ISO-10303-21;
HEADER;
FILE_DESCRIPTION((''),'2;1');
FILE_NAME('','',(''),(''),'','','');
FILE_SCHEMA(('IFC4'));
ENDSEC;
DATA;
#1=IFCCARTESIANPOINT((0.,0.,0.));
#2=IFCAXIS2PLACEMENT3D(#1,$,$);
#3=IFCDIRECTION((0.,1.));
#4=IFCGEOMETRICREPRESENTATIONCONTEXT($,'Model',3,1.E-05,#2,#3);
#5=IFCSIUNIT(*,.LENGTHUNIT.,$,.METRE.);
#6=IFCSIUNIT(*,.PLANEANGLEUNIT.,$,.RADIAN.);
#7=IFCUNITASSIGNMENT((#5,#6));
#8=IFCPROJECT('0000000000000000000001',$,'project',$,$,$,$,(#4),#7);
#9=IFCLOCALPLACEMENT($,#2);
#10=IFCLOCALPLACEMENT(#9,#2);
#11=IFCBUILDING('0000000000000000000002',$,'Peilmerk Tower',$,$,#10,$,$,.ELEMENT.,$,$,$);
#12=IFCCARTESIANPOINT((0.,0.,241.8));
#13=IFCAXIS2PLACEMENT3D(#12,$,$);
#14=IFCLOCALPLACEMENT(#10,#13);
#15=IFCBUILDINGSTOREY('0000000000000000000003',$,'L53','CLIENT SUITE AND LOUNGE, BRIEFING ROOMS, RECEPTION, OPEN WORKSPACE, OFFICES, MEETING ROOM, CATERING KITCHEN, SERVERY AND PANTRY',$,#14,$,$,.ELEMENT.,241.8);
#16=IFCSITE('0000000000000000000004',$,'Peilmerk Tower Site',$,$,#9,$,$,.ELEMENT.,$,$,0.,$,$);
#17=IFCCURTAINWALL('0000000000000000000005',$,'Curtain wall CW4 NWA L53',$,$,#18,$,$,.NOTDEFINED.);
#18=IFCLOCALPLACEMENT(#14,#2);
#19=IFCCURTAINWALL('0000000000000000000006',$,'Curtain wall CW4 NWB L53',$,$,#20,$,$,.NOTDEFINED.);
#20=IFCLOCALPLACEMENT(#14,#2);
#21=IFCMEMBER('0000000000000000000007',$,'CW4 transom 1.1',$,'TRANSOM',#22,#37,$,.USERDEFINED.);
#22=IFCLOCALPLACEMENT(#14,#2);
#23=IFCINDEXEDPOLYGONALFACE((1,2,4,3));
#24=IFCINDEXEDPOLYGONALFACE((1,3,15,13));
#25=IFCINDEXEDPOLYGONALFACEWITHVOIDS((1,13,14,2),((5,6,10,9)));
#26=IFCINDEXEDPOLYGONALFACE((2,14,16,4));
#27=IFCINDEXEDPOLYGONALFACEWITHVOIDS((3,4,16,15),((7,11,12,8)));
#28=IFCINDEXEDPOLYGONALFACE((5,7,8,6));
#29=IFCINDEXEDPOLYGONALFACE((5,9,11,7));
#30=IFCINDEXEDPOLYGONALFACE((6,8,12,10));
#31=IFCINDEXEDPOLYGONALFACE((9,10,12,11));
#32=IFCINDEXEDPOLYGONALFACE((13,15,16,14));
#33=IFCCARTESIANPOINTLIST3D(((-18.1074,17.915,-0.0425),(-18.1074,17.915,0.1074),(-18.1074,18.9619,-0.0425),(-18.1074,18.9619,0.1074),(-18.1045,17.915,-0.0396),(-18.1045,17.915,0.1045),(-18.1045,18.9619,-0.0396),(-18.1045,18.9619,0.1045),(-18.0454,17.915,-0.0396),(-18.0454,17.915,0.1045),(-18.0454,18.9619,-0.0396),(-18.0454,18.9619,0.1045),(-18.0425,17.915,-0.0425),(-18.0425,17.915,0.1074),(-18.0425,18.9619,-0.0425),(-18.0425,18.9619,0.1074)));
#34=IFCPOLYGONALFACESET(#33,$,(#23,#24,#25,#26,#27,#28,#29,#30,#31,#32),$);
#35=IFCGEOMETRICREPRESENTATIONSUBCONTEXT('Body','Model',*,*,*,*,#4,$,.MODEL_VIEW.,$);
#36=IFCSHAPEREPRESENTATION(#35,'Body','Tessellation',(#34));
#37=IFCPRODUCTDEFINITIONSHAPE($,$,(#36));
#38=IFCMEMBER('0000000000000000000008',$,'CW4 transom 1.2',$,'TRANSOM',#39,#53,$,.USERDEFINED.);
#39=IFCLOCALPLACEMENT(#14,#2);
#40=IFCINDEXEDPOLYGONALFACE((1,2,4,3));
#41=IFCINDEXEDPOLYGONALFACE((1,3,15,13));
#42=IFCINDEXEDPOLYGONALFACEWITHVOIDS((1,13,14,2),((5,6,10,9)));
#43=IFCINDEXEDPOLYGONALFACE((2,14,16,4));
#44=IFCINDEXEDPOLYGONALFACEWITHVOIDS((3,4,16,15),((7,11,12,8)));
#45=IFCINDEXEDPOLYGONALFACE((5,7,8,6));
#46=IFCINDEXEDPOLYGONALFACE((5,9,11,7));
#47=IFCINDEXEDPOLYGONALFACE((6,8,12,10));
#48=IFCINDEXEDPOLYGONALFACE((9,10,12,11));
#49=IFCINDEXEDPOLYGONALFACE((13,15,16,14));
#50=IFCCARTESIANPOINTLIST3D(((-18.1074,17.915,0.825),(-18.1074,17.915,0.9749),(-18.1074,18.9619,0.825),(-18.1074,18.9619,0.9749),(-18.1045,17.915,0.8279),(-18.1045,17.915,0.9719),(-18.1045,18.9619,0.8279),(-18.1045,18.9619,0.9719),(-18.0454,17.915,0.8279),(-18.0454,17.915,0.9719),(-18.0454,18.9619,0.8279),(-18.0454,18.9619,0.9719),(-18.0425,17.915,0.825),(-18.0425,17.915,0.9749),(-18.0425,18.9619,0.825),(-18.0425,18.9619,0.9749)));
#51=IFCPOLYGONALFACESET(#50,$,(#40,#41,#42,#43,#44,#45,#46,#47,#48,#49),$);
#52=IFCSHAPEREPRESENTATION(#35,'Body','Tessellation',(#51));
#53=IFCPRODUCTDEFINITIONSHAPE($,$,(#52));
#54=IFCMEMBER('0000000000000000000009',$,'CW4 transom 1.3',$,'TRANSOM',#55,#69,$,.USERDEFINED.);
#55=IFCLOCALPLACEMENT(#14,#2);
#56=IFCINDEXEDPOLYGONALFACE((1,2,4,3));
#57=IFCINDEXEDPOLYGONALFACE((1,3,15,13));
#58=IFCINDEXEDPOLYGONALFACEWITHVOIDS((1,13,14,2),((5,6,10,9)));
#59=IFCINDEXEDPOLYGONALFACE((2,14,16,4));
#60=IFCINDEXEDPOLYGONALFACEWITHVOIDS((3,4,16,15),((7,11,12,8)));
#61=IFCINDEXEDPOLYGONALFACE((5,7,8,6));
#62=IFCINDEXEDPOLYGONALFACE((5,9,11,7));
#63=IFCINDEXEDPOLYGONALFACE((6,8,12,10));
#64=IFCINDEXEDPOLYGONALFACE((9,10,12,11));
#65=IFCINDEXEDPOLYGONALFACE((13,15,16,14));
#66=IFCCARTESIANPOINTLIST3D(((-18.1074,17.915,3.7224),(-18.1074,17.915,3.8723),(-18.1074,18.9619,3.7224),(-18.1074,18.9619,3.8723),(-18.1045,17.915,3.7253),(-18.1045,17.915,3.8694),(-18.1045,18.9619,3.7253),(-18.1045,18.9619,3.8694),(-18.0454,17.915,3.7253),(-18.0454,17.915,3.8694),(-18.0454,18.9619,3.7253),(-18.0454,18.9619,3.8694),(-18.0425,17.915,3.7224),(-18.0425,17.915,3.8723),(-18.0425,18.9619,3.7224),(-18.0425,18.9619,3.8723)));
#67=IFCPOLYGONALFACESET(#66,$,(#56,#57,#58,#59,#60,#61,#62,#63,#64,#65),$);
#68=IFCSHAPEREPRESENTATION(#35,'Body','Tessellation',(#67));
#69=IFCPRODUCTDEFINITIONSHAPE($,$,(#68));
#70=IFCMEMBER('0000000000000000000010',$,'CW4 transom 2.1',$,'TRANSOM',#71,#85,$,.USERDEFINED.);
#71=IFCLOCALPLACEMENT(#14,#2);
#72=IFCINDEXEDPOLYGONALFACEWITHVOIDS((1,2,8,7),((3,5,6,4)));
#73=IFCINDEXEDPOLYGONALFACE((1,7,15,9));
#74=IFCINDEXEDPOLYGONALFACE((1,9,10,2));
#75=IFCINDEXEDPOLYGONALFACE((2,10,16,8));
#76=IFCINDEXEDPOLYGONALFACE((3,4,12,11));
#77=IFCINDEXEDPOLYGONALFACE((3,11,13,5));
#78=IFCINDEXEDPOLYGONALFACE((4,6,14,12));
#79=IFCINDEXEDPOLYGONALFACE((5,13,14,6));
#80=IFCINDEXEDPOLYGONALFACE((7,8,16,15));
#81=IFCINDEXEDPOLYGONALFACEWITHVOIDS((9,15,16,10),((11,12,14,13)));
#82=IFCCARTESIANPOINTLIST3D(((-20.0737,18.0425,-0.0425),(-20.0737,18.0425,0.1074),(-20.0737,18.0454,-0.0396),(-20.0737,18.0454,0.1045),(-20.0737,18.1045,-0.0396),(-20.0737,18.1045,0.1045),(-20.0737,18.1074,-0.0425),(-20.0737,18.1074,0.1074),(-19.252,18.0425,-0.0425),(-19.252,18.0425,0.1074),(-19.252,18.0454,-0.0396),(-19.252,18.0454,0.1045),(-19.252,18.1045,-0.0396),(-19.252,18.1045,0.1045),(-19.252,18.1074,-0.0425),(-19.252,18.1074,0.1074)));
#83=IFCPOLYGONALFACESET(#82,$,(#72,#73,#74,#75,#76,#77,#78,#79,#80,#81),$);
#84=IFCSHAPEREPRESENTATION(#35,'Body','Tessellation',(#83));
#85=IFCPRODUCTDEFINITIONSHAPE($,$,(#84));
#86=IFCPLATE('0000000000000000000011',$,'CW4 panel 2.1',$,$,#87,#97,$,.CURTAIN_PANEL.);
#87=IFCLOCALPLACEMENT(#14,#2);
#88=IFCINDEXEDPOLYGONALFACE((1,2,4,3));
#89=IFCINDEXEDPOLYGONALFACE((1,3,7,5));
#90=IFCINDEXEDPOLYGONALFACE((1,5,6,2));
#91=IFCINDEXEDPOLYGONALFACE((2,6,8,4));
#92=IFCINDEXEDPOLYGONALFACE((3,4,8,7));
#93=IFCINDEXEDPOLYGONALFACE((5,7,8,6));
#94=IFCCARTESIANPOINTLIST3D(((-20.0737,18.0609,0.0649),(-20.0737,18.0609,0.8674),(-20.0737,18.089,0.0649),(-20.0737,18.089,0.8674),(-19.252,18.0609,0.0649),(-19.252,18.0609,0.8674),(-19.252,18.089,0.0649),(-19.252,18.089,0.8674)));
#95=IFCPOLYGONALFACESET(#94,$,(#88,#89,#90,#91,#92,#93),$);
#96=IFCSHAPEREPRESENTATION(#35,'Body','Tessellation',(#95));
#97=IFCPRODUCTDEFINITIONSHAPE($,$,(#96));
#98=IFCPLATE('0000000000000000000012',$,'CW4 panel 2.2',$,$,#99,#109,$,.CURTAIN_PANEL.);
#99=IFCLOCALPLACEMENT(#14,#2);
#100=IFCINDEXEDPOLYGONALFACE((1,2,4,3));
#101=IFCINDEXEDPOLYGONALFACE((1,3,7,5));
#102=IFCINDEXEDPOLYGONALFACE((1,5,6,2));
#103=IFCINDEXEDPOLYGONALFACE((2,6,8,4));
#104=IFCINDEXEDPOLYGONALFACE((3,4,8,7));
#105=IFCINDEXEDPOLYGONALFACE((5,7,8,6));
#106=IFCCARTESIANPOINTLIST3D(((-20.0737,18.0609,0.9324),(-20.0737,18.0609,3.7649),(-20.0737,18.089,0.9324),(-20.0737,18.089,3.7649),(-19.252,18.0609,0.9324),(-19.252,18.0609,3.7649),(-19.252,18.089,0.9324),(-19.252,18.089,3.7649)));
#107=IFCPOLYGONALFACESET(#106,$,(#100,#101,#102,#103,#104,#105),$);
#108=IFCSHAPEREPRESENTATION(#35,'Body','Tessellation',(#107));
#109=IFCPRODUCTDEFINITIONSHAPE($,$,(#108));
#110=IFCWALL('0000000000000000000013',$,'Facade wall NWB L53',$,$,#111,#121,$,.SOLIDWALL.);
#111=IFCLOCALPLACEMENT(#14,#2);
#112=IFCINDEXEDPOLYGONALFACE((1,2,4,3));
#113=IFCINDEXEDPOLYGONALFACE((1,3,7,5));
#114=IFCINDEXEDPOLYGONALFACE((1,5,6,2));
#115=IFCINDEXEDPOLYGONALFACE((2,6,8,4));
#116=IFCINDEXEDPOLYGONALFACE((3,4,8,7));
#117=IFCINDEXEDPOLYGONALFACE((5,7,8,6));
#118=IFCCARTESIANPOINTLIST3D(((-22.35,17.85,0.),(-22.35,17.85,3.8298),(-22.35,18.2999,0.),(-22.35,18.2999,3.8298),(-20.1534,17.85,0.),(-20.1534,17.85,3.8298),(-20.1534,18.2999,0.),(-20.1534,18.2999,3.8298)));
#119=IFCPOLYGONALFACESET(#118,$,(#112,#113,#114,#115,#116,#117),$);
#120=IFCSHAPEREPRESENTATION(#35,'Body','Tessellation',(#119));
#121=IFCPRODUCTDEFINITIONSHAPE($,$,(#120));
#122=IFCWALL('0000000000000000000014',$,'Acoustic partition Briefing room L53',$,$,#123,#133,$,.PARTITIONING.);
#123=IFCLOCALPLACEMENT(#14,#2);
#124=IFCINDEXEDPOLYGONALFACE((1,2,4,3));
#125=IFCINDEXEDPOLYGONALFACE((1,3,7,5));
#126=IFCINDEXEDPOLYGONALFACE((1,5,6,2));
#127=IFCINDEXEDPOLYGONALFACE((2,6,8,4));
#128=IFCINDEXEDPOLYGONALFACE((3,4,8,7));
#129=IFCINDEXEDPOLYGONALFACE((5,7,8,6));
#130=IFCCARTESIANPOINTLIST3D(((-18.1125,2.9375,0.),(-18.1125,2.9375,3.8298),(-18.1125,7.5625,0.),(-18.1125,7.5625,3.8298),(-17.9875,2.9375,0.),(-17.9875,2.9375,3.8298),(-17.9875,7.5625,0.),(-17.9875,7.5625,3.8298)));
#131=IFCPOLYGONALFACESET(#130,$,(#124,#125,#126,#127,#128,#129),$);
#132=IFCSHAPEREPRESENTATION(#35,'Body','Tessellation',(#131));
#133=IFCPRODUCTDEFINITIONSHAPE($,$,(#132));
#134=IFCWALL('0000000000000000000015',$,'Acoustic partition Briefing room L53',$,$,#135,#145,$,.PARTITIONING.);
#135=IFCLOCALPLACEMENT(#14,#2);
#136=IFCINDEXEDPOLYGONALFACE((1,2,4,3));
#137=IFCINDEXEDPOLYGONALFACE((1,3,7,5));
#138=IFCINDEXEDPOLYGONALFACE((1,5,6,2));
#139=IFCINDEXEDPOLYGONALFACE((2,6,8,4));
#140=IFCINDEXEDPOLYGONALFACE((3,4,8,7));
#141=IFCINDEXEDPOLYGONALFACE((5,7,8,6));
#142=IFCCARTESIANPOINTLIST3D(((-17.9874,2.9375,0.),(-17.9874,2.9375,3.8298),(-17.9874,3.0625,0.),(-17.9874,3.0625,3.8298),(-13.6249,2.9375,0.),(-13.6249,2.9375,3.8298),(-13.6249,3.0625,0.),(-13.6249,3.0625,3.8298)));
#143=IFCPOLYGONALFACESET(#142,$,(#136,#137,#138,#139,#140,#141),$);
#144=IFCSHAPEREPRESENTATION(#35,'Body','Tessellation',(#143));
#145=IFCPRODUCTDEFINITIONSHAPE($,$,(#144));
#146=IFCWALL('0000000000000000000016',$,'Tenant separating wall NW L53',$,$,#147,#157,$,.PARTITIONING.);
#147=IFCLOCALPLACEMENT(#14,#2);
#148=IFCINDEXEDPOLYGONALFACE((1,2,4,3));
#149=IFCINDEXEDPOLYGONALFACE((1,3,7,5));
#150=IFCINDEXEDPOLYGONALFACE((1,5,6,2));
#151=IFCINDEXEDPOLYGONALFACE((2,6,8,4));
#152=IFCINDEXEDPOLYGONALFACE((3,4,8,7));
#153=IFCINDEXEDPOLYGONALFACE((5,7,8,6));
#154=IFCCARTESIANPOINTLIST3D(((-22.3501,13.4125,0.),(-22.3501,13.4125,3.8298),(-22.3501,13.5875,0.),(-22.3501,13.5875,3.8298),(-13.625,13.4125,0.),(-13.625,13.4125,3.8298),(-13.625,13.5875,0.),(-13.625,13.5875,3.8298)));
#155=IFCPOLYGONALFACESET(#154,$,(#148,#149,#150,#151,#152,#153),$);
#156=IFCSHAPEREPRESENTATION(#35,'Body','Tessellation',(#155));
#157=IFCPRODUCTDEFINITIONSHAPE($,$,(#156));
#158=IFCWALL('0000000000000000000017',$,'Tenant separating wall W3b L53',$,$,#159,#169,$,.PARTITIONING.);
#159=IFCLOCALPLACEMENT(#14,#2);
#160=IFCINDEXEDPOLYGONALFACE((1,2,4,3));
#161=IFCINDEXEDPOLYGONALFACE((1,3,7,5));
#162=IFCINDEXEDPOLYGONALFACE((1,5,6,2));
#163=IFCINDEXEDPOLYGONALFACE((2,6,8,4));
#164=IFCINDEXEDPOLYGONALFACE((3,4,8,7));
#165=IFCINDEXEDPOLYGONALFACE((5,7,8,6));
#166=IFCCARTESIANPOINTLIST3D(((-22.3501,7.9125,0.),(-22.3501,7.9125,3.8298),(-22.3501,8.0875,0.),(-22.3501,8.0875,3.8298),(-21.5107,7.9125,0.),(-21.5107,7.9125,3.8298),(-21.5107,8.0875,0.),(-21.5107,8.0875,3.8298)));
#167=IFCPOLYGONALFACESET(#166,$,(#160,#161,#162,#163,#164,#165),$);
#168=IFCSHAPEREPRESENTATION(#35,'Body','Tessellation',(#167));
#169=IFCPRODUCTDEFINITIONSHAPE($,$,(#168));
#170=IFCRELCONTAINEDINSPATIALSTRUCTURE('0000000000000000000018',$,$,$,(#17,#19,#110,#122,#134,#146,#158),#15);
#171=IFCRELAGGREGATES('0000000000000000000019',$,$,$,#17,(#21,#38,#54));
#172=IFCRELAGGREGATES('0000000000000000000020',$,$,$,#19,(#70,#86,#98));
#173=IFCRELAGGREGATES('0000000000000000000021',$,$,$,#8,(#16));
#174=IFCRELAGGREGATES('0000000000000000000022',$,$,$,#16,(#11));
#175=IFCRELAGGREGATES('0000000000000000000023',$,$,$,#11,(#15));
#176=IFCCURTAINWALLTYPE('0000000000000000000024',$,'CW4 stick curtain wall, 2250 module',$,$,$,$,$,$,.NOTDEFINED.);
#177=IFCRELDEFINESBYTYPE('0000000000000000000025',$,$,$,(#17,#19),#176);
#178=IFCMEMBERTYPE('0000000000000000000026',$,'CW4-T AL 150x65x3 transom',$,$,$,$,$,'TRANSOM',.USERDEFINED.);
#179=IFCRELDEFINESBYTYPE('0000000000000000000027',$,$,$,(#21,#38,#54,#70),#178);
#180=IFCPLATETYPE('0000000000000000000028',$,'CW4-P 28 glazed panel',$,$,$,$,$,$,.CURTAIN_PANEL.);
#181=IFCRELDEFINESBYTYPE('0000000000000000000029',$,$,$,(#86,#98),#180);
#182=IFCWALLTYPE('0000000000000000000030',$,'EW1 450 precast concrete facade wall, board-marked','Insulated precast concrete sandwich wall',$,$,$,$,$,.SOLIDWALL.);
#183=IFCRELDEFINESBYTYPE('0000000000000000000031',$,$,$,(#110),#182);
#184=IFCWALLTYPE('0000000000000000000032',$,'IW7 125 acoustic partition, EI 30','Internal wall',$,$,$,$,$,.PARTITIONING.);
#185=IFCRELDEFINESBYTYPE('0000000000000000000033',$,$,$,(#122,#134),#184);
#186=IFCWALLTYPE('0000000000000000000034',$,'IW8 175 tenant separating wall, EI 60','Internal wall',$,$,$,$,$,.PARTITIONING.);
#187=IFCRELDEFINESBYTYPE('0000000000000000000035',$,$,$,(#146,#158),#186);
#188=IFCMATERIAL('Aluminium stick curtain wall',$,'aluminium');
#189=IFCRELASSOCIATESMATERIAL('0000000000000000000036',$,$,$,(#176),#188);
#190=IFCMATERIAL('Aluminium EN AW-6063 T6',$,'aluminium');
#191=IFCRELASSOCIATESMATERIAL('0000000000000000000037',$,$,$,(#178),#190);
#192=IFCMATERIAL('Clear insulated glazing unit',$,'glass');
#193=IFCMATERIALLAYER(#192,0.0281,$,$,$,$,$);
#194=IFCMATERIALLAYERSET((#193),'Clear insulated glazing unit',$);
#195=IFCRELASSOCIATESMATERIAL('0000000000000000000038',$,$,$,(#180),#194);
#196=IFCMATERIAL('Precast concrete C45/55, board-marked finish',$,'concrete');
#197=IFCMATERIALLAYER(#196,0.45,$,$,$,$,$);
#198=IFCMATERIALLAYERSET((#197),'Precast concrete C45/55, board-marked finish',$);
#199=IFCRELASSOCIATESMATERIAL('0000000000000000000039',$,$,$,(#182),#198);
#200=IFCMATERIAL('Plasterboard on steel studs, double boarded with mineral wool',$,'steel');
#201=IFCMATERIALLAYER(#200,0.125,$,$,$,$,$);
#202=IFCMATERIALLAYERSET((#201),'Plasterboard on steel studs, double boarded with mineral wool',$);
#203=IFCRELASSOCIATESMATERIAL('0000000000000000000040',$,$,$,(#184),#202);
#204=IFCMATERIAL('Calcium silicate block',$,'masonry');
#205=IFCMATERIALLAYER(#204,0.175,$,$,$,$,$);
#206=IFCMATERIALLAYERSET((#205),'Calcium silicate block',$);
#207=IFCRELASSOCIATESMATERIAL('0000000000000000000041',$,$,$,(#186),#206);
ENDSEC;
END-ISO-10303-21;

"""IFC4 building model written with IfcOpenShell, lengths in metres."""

from ifc_helpers import new_model, si_unit, direction, frame, frame_2d, origin, origin_2d, place, context, subcontext, project, spatial, rectangle, hollow_rectangle, extrude, material, layer, layer_set, material_profile, profile_set, type_object, element, aggregate, save


model = new_model("IFC4")

# Units and contexts
model_context = context("Model", 3, precision=1e-05, world=origin(), true_north=direction((0.0, 1.0)))
body_context = subcontext(model_context, "Body", "Model", "MODEL_VIEW")
ifc_project = project(units=[si_unit("LENGTHUNIT", "METRE"), si_unit("PLANEANGLEUNIT", "RADIAN")], contexts=[model_context])

# Site, building, storey
site_placement = place(None, origin())
site = spatial("IfcSite", under=ifc_project, at=site_placement, Name="Peilmerk Tower Site", CompositionType="ELEMENT", RefElevation=0.0)
building_placement = place(site_placement, origin())
building = spatial("IfcBuilding", under=site, at=building_placement, Name="Peilmerk Tower", CompositionType="ELEMENT")
storey_placement = place(building_placement, frame((0.0, 0.0, 241.8)))
storey = spatial("IfcBuildingStorey", under=building, at=storey_placement, Name="L53", Description="CLIENT SUITE AND LOUNGE, BRIEFING ROOMS, RECEPTION, OPEN WORKSPACE, OFFICES, MEETING ROOM, CATERING KITCHEN, SERVERY AND PANTRY", CompositionType="ELEMENT", Elevation=241.8)

# Curtain walls
ifc_material_1 = material(Name="Aluminium stick curtain wall", Category="aluminium")
curtain_wall_type = type_object("IfcCurtainWallType", Name="CW4 stick curtain wall, 2250 module", PredefinedType="NOTDEFINED", material=ifc_material_1)
curtain_wall_1_placement = place(storey_placement, origin())
curtain_wall_1 = element("IfcCurtainWall", 1, at=curtain_wall_1_placement, inside=storey, type_object=curtain_wall_type, Name="Curtain wall CW4 NWA L53", PredefinedType="NOTDEFINED")
ifc_material_2 = material(Name="Aluminium EN AW-6063 T6", Category="aluminium")
curtain_wall_2_placement = place(storey_placement, origin())
curtain_wall_2 = element("IfcCurtainWall", 2, at=curtain_wall_2_placement, inside=storey, type_object=curtain_wall_type, Name="Curtain wall CW4 NWB L53", PredefinedType="NOTDEFINED")

# Members
ifc_material_profile_1 = material_profile(ifc_material_2, hollow_rectangle(XDim=0.0649, YDim=0.1499, WallThickness=0.0029, at=origin_2d()), Name="AL 150x65x3")
ifc_profile_set_1 = profile_set([ifc_material_profile_1], Name="Aluminium EN AW-6063 T6")
member_type_1 = type_object("IfcMemberType", Name="CW4-T AL 150x65x3 transom", ElementType="TRANSOM", PredefinedType="USERDEFINED", material=ifc_profile_set_1)
member_1_placement = place(storey_placement, frame((-18.075, 17.915, 0.0325), z_axis=(0.0, 1.0, 0.0), x_axis=(-1.0, 0.0, 0.0)))
member_1 = element("IfcMember", 3, at=member_1_placement, type_object=member_type_1, Name="CW4 transom 1.1", ObjectType="TRANSOM", PredefinedType="USERDEFINED", context=body_context, shape_type="SweptSolid", body=[
    extrude(hollow_rectangle(XDim=0.0649, YDim=0.1499, WallThickness=0.0029, at=origin_2d()), origin(), (0.0, 0.0, 1.0), 1.0469),
])
member_2_placement = place(storey_placement, frame((-18.075, 17.915, 0.8999), z_axis=(0.0, 1.0, 0.0), x_axis=(-1.0, 0.0, 0.0)))
member_2 = element("IfcMember", 4, at=member_2_placement, type_object=member_type_1, Name="CW4 transom 1.2", ObjectType="TRANSOM", PredefinedType="USERDEFINED", context=body_context, shape_type="SweptSolid", body=[
    extrude(hollow_rectangle(XDim=0.0649, YDim=0.1499, WallThickness=0.0029, at=origin_2d()), origin(), (0.0, 0.0, 1.0), 1.0469),
])
member_3_placement = place(storey_placement, frame((-18.075, 17.915, 3.7974), z_axis=(0.0, 1.0, 0.0), x_axis=(-1.0, 0.0, 0.0)))
member_3 = element("IfcMember", 5, at=member_3_placement, type_object=member_type_1, Name="CW4 transom 1.3", ObjectType="TRANSOM", PredefinedType="USERDEFINED", context=body_context, shape_type="SweptSolid", body=[
    extrude(hollow_rectangle(XDim=0.0649, YDim=0.1499, WallThickness=0.0029, at=origin_2d()), origin(), (0.0, 0.0, 1.0), 1.0469),
])
aggregate(curtain_wall_1, [member_1, member_2, member_3])
member_4_placement = place(storey_placement, frame((-19.252, 18.075, 0.0325), z_axis=(-1.0, 0.0, 0.0), x_axis=(0.0, -1.0, 0.0)))
member_4 = element("IfcMember", 6, at=member_4_placement, type_object=member_type_1, Name="CW4 transom 2.1", ObjectType="TRANSOM", PredefinedType="USERDEFINED", context=body_context, shape_type="SweptSolid", body=[
    extrude(hollow_rectangle(XDim=0.0649, YDim=0.1499, WallThickness=0.0029, at=origin_2d()), origin(), (0.0, 0.0, 1.0), 0.8218),
])

# Plates
ifc_material_3 = material(Name="Clear insulated glazing unit", Category="glass")
ifc_layer_1 = layer(ifc_material_3, 0.0281)
ifc_layer_set_1 = layer_set([ifc_layer_1], Name="Clear insulated glazing unit")
plate_type = type_object("IfcPlateType", Name="CW4-P 28 glazed panel", PredefinedType="CURTAIN_PANEL", material=ifc_layer_set_1)
plate_1_placement = place(storey_placement, frame((-19.6628, 18.075, 0.0649), z_axis=(0.0, 0.0, 1.0), x_axis=(-1.0, 0.0, 0.0)))
plate_1 = element("IfcPlate", 7, at=plate_1_placement, type_object=plate_type, Name="CW4 panel 2.1", PredefinedType="CURTAIN_PANEL", context=body_context, shape_type="SweptSolid", body=[
    extrude(rectangle(XDim=0.8218, YDim=0.0281, at=origin_2d()), origin(), (0.0, 0.0, 1.0), 0.8025),
])
plate_2_placement = place(storey_placement, frame((-19.6628, 18.075, 0.9324), z_axis=(0.0, 0.0, 1.0), x_axis=(-1.0, 0.0, 0.0)))
plate_2 = element("IfcPlate", 8, at=plate_2_placement, type_object=plate_type, Name="CW4 panel 2.2", PredefinedType="CURTAIN_PANEL", context=body_context, shape_type="SweptSolid", body=[
    extrude(rectangle(XDim=0.8218, YDim=0.0281, at=origin_2d()), origin(), (0.0, 0.0, 1.0), 2.8325),
])
aggregate(curtain_wall_2, [member_4, plate_1, plate_2])

# Walls
ifc_material_4 = material(Name="Precast concrete C45/55, board-marked finish", Category="concrete")
ifc_layer_2 = layer(ifc_material_4, 0.45)
ifc_layer_set_2 = layer_set([ifc_layer_2], Name="Precast concrete C45/55, board-marked finish")
wall_type_1 = type_object("IfcWallType", Name="EW1 450 precast concrete facade wall, board-marked", Description="Insulated precast concrete sandwich wall", PredefinedType="SOLIDWALL", material=ifc_layer_set_2)
wall_1_placement = place(storey_placement, frame((-20.1536, 18.075, 0.0), z_axis=(0.0, 0.0, 1.0), x_axis=(-1.0, 0.0, 0.0)))
element("IfcWall", 9, at=wall_1_placement, inside=storey, type_object=wall_type_1, Name="Facade wall NWB L53", PredefinedType="SOLIDWALL", context=body_context, shape_type="SweptSolid", body=[
    extrude(rectangle(XDim=2.1965, YDim=0.45, at=frame_2d((1.0981, 0.0))), origin(), (0.0, 0.0, 1.0), 3.8298),
])
ifc_material_5 = material(Name="Plasterboard on steel studs, double boarded with mineral wool", Category="steel")
ifc_layer_3 = layer(ifc_material_5, 0.125)
ifc_layer_set_3 = layer_set([ifc_layer_3], Name="Plasterboard on steel studs, double boarded with mineral wool")
wall_type_2 = type_object("IfcWallType", Name="IW7 125 acoustic partition, EI 30", Description="Internal wall", PredefinedType="PARTITIONING", material=ifc_layer_set_3)
wall_2_placement = place(storey_placement, frame((-18.05, 2.9375, 0.0), z_axis=(0.0, 0.0, 1.0), x_axis=(0.0, 1.0, 0.0)))
element("IfcWall", 10, at=wall_2_placement, inside=storey, type_object=wall_type_2, Name="Acoustic partition Briefing room L53", PredefinedType="PARTITIONING", context=body_context, shape_type="SweptSolid", body=[
    extrude(rectangle(XDim=4.625, YDim=0.125, at=frame_2d((2.3125, 0.0))), origin(), (0.0, 0.0, 1.0), 3.8298),
])
wall_3_placement = place(storey_placement, frame((-13.625, 3.0, 0.0), z_axis=(0.0, 0.0, 1.0), x_axis=(-1.0, 0.0, 0.0)))
element("IfcWall", 11, at=wall_3_placement, inside=storey, type_object=wall_type_2, Name="Acoustic partition Briefing room L53", PredefinedType="PARTITIONING", context=body_context, shape_type="SweptSolid", body=[
    extrude(rectangle(XDim=4.3625, YDim=0.125, at=frame_2d((2.1812, 0.0))), origin(), (0.0, 0.0, 1.0), 3.8298),
])
ifc_material_6 = material(Name="Calcium silicate block", Category="masonry")
ifc_layer_4 = layer(ifc_material_6, 0.175)
ifc_layer_set_4 = layer_set([ifc_layer_4], Name="Calcium silicate block")
wall_type_3 = type_object("IfcWallType", Name="IW8 175 tenant separating wall, EI 60", Description="Internal wall", PredefinedType="PARTITIONING", material=ifc_layer_set_4)
wall_4_placement = place(storey_placement, frame((-22.3501, 13.5, 0.0), z_axis=(0.0, 0.0, 1.0), x_axis=(1.0, 0.0, 0.0)))
element("IfcWall", 12, at=wall_4_placement, inside=storey, type_object=wall_type_3, Name="Tenant separating wall NW L53", PredefinedType="PARTITIONING", context=body_context, shape_type="SweptSolid", body=[
    extrude(rectangle(XDim=8.7251, YDim=0.175, at=frame_2d((4.3625, 0.0))), origin(), (0.0, 0.0, 1.0), 3.8298),
])
wall_5_placement = place(storey_placement, frame((-21.5107, 8.0, 0.0), z_axis=(0.0, 0.0, 1.0), x_axis=(-1.0, 0.0, 0.0)))
element("IfcWall", 13, at=wall_5_placement, inside=storey, type_object=wall_type_3, Name="Tenant separating wall W3b L53", PredefinedType="PARTITIONING", context=body_context, shape_type="SweptSolid", body=[
    extrude(rectangle(XDim=0.8394, YDim=0.175, at=frame_2d((0.4197, 0.0))), origin(), (0.0, 0.0, 1.0), 3.8298),
])

save(model, "model.ifc")
